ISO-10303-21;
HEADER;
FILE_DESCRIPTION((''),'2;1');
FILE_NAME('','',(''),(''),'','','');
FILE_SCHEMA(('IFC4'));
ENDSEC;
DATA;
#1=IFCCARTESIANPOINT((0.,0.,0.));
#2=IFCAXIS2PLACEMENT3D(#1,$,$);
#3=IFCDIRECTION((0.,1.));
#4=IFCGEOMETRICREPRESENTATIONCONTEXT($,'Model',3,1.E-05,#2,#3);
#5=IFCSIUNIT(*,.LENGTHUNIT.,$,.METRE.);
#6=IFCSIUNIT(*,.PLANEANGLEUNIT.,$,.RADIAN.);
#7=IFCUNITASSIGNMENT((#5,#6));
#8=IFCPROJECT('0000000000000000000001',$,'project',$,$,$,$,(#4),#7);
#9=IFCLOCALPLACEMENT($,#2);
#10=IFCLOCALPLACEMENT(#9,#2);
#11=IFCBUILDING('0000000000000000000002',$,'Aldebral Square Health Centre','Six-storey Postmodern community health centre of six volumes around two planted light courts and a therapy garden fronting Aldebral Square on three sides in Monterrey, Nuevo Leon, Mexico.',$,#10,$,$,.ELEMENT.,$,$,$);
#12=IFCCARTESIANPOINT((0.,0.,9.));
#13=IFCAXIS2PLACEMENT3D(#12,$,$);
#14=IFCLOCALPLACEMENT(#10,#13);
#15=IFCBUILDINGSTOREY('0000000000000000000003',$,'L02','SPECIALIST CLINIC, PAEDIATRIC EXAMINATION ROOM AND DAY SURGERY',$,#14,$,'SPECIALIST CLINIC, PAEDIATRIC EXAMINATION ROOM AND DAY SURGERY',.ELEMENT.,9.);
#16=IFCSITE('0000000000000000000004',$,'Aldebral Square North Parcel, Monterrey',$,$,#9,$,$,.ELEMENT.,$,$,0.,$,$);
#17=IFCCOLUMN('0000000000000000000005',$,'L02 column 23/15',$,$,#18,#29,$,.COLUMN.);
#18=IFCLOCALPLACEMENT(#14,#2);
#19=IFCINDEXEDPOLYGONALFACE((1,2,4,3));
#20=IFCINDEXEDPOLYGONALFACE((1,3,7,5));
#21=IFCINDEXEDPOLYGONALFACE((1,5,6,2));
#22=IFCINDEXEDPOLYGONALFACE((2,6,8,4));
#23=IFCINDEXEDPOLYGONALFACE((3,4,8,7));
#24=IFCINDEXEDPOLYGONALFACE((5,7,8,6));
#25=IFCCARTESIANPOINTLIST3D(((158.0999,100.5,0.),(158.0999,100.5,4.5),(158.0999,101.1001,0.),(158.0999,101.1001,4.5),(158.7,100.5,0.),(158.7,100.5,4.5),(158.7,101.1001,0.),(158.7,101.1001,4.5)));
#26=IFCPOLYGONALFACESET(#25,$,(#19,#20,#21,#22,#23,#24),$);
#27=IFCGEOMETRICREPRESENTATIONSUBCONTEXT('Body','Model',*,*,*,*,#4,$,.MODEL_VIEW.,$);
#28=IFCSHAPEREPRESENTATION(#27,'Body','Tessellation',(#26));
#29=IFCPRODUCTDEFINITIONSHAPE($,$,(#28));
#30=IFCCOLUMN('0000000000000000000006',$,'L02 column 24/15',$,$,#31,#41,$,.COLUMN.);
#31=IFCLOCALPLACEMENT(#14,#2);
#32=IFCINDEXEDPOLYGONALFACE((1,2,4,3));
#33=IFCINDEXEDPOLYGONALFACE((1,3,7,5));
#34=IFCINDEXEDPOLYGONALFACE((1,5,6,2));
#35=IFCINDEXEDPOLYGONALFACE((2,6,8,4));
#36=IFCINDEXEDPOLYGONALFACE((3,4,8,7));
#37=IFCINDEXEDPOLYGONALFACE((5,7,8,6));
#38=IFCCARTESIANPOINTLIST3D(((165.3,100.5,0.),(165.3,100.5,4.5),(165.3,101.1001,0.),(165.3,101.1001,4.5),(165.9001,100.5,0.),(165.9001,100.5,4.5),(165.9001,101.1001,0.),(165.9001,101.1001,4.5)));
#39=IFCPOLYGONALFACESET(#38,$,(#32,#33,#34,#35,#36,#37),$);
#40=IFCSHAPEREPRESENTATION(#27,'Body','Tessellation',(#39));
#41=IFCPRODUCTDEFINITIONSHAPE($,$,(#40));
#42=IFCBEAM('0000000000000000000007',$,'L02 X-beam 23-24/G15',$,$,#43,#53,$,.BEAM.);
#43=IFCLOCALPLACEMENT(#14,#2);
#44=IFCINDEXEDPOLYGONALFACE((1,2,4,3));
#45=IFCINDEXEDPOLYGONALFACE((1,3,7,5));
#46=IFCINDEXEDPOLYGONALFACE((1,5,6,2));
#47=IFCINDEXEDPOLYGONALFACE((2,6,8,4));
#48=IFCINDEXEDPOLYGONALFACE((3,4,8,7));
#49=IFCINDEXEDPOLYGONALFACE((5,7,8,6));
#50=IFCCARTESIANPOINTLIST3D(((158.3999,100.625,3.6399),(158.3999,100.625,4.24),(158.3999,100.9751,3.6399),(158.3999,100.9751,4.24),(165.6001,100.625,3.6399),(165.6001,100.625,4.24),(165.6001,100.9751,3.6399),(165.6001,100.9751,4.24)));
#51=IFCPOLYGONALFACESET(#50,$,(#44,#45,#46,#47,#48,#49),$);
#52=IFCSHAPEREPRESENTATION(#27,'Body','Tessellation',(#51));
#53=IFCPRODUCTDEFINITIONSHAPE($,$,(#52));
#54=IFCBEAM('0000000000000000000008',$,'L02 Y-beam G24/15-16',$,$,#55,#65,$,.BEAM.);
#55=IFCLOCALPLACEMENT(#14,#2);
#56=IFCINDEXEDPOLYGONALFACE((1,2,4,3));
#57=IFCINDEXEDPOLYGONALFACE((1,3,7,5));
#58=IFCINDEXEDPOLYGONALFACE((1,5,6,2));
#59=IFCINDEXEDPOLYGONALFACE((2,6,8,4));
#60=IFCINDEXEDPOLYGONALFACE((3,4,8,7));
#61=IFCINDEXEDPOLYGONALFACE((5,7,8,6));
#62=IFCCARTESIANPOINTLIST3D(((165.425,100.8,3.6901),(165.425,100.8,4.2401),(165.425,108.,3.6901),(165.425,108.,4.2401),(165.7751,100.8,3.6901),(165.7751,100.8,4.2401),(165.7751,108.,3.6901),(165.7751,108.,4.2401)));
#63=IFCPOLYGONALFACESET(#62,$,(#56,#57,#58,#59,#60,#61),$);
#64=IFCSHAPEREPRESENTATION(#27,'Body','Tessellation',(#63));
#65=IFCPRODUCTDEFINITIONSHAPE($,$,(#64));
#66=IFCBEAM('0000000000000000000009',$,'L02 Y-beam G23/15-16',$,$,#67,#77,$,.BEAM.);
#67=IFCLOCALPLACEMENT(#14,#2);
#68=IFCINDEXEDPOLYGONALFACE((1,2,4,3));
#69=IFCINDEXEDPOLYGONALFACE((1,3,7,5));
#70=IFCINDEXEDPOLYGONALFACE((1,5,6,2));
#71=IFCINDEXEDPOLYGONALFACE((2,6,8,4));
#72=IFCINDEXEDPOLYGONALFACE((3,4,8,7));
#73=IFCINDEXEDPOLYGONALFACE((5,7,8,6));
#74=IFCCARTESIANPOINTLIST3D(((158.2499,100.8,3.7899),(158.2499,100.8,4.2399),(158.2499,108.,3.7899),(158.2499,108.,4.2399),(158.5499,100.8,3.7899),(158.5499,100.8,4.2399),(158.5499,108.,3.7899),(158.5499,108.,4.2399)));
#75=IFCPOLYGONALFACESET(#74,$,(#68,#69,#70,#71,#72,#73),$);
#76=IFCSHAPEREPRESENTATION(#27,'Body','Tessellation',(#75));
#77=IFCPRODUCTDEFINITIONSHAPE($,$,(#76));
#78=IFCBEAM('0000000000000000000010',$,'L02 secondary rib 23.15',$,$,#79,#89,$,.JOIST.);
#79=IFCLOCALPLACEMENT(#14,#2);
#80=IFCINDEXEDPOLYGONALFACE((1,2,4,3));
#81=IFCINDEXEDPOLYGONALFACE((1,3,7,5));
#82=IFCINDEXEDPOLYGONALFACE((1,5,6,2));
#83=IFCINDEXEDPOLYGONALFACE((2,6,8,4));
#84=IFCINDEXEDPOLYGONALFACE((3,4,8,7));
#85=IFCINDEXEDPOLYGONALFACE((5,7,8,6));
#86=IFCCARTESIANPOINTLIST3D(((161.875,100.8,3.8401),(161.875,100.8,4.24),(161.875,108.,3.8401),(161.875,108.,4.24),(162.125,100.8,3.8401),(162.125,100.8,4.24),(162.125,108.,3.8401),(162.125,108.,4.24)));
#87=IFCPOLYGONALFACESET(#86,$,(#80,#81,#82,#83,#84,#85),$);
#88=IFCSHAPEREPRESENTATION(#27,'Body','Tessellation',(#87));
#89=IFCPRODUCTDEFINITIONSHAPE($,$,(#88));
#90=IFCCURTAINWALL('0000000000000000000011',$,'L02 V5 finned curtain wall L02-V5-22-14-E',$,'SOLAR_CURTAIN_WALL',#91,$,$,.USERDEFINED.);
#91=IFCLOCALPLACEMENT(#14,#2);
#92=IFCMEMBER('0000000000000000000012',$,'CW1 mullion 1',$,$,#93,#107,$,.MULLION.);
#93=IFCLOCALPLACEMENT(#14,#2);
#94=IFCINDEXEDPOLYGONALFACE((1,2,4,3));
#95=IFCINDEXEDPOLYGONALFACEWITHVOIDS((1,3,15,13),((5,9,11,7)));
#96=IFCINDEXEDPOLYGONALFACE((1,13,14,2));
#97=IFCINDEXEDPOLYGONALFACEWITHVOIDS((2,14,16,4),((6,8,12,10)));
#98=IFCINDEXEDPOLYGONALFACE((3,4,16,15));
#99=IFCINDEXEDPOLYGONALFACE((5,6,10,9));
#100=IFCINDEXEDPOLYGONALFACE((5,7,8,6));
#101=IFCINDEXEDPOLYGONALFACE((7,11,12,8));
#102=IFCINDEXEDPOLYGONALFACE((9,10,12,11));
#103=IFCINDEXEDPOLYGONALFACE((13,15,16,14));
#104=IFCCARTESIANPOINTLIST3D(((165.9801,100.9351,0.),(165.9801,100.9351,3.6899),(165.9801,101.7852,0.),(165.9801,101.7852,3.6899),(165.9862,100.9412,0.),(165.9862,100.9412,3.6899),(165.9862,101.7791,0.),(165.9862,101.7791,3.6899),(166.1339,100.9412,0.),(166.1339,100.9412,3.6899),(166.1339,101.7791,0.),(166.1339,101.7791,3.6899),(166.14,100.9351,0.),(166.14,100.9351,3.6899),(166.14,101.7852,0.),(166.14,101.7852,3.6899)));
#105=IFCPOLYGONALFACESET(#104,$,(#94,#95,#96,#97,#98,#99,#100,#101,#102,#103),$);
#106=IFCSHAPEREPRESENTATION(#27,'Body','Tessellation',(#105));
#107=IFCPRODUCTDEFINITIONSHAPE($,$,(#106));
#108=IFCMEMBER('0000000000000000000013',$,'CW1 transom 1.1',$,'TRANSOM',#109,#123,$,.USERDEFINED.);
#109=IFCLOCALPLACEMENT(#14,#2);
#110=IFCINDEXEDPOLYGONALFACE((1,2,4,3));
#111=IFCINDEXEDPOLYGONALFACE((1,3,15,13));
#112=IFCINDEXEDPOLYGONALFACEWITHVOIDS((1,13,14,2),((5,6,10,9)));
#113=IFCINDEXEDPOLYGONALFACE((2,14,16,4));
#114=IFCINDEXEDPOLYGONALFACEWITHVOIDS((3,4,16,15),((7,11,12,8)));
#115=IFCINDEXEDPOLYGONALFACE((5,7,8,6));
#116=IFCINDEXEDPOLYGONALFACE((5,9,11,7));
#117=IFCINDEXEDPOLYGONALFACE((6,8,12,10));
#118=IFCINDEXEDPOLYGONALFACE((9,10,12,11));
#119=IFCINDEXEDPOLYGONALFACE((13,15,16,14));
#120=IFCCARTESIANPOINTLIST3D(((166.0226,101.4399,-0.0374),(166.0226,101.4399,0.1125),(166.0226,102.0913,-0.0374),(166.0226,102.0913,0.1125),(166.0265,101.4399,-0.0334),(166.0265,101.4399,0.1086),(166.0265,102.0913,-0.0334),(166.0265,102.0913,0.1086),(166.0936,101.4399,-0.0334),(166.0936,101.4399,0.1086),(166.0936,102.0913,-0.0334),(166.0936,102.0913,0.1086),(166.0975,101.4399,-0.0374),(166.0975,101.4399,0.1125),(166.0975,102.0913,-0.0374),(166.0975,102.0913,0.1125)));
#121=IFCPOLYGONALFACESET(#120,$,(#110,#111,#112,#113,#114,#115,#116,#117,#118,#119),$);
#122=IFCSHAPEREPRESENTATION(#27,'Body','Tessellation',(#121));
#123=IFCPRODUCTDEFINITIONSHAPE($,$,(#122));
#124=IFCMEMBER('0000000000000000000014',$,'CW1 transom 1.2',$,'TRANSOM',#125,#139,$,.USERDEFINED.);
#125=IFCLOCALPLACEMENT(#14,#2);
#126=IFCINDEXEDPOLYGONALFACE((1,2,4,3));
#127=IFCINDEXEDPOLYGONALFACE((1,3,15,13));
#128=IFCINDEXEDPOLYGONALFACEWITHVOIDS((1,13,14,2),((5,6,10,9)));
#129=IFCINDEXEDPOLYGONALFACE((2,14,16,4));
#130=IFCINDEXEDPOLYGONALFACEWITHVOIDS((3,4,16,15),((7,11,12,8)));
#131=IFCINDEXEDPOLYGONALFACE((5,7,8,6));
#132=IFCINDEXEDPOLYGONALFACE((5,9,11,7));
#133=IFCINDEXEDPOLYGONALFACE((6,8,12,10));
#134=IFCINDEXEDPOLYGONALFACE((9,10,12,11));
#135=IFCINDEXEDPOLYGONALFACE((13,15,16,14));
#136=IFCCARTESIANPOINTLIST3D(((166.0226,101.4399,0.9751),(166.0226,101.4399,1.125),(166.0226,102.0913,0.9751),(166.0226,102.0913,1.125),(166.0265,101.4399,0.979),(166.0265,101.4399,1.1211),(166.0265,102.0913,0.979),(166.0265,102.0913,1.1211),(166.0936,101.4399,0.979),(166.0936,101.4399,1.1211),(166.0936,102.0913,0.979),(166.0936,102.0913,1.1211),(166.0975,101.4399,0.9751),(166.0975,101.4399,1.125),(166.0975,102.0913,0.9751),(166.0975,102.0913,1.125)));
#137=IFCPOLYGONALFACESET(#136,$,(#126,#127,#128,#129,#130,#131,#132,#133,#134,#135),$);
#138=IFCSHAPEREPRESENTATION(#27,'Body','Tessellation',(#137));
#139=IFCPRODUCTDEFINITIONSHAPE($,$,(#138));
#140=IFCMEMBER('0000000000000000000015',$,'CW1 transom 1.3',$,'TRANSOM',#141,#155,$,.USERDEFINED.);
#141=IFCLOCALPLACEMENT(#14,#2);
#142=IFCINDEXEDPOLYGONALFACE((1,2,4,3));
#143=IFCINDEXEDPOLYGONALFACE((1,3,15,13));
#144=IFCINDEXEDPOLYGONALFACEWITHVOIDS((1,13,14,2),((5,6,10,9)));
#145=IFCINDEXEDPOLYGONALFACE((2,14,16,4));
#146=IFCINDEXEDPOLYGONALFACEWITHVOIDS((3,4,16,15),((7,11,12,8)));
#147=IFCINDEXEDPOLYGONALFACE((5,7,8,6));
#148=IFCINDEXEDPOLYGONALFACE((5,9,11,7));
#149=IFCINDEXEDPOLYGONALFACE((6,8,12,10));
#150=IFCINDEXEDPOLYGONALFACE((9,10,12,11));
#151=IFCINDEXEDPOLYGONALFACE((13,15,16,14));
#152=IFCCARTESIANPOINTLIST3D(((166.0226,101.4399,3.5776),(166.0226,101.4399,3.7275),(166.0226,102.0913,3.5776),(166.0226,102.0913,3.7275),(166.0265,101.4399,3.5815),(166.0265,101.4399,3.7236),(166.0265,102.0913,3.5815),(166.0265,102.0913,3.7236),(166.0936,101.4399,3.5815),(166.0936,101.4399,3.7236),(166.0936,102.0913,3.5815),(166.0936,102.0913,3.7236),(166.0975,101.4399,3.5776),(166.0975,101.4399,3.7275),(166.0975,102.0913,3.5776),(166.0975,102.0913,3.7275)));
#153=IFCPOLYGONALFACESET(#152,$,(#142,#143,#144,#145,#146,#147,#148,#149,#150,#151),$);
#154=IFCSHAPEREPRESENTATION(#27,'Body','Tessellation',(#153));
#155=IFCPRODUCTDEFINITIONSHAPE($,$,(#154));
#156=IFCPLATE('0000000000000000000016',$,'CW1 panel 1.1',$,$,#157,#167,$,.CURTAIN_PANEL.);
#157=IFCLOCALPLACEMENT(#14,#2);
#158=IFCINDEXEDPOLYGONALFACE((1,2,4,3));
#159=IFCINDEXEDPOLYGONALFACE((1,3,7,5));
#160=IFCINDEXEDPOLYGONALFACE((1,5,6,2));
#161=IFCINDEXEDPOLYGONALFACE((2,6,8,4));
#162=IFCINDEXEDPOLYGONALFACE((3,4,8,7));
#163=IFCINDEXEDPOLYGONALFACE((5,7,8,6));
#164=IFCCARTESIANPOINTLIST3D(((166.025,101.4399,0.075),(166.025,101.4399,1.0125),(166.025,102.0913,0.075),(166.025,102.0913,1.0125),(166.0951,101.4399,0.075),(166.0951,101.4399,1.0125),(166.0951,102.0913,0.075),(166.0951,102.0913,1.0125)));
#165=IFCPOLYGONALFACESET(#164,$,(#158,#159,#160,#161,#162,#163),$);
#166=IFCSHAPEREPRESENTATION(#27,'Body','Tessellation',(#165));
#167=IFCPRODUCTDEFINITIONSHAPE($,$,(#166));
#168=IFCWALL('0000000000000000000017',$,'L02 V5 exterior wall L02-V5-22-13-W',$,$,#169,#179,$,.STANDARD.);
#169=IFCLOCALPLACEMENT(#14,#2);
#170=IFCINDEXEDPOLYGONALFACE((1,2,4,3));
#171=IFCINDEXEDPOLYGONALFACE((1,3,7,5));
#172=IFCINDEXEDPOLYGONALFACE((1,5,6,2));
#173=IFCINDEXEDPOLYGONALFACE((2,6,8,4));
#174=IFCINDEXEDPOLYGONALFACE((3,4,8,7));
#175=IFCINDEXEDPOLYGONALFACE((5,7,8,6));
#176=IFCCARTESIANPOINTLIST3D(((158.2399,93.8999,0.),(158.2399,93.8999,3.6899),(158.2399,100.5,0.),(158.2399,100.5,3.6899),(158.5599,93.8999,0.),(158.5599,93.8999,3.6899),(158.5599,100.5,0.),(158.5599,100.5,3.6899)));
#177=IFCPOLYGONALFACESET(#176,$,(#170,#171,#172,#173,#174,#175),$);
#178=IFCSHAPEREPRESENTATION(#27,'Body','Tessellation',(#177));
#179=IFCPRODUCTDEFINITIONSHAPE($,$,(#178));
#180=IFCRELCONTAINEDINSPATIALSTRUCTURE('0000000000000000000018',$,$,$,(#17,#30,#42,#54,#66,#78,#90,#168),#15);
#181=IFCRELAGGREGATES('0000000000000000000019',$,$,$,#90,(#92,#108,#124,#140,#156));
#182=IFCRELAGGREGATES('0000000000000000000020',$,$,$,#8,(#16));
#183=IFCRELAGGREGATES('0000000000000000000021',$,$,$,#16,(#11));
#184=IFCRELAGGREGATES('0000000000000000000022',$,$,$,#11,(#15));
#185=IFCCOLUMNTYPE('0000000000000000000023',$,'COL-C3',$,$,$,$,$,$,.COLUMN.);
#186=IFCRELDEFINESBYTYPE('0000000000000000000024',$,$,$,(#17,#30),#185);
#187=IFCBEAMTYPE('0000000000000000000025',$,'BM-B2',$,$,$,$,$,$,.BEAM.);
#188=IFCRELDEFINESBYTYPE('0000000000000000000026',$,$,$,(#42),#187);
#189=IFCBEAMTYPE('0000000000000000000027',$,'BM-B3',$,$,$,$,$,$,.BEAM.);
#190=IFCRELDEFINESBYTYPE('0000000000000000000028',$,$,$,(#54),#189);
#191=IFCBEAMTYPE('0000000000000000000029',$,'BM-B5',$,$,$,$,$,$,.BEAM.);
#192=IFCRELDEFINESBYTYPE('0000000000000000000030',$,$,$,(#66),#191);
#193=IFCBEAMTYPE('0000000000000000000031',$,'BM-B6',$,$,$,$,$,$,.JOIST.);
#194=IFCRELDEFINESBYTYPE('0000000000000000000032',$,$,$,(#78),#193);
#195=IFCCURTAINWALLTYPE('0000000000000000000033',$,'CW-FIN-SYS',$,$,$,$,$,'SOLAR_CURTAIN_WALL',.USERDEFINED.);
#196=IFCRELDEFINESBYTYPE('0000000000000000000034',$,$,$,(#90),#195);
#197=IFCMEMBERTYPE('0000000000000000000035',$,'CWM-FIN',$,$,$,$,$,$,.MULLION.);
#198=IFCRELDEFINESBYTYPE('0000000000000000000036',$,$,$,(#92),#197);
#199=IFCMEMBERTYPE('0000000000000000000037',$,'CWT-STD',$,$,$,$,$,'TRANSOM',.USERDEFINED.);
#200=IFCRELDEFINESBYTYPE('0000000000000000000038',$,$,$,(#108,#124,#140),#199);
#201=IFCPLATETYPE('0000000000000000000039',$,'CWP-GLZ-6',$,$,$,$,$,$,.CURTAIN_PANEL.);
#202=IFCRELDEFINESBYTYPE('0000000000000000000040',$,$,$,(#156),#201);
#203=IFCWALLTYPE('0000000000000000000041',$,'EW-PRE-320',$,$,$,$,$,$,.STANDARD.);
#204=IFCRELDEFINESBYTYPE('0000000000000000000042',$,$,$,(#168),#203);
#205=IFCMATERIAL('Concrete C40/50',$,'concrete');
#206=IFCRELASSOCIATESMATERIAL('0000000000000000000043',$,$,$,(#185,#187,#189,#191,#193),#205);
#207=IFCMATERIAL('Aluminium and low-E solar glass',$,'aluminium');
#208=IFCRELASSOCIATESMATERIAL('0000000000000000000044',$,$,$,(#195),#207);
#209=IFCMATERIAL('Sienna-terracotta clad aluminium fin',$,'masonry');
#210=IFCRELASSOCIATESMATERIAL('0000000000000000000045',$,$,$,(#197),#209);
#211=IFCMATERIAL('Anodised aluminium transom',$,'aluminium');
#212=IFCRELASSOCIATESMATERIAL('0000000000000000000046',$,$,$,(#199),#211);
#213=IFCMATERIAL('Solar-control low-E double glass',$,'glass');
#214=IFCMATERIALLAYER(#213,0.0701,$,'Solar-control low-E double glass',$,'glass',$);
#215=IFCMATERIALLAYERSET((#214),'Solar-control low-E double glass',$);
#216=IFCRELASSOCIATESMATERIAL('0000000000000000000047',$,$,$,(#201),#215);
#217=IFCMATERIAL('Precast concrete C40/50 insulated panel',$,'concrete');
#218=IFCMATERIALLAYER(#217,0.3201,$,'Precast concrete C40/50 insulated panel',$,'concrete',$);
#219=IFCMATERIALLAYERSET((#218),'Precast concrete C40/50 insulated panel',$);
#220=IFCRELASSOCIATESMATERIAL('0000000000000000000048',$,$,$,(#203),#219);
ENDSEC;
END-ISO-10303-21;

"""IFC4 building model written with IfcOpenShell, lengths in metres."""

from ifc_helpers import new_model, si_unit, direction, frame, frame_2d, origin, origin_2d, place, context, subcontext, project, spatial, rectangle, hollow_rectangle, extrude, material, layer, layer_set, material_profile, profile_set, type_object, element, aggregate, save


model = new_model("IFC4")

# Units and contexts
model_context = context("Model", 3, precision=1e-05, world=origin(), true_north=direction((0.0, 1.0)))
body_context = subcontext(model_context, "Body", "Model", "MODEL_VIEW")
ifc_project = project(units=[si_unit("LENGTHUNIT", "METRE"), si_unit("PLANEANGLEUNIT", "RADIAN")], contexts=[model_context])

# Site, building, storey
site_placement = place(None, origin())
site = spatial("IfcSite", under=ifc_project, at=site_placement, Name="Aldebral Square North Parcel, Monterrey", CompositionType="ELEMENT", RefElevation=0.0)
building_placement = place(site_placement, origin())
building = spatial("IfcBuilding", under=site, at=building_placement, Name="Aldebral Square Health Centre", Description="Six-storey Postmodern community health centre of six volumes around two planted light courts and a therapy garden fronting Aldebral Square on three sides in Monterrey, Nuevo Leon, Mexico.", CompositionType="ELEMENT")
storey_placement = place(building_placement, frame((0.0, 0.0, 9.0)))
storey = spatial("IfcBuildingStorey", under=building, at=storey_placement, Name="L02", Description="SPECIALIST CLINIC, PAEDIATRIC EXAMINATION ROOM AND DAY SURGERY", LongName="SPECIALIST CLINIC, PAEDIATRIC EXAMINATION ROOM AND DAY SURGERY", CompositionType="ELEMENT", Elevation=9.0)

# Columns
ifc_material_1 = material(Name="Concrete C40/50", Category="concrete")
ifc_material_profile_1 = material_profile(ifc_material_1, rectangle(XDim=0.6001, YDim=0.6001, at=origin_2d()), Name="RC 600x600")
ifc_profile_set_1 = profile_set([ifc_material_profile_1], Name="Concrete C40/50")
column_type = type_object("IfcColumnType", Name="COL-C3", PredefinedType="COLUMN", material=ifc_profile_set_1)
for number, where, z_axis, x_axis, name in (
    (1, (158.3999, 100.8, 0.0), (0.0, 0.0, 1.0), (1.0, 0.0, 0.0), "L02 column 23/15"),
    (2, (165.6001, 100.8, 0.0), (0.0, 0.0, 1.0), (1.0, 0.0, 0.0), "L02 column 24/15"),
):
    element("IfcColumn", number, at=place(storey_placement, frame(where, z_axis=z_axis, x_axis=x_axis)), inside=storey, type_object=column_type, Name=name, PredefinedType="COLUMN", context=body_context, shape_type="SweptSolid", body=[
        extrude(rectangle(XDim=0.6001, YDim=0.6001, at=origin_2d()), origin(), (0.0, 0.0, 1.0), 4.5),
    ])

# Beams
ifc_material_profile_2 = material_profile(ifc_material_1, rectangle(XDim=0.3501, YDim=0.6001, at=origin_2d()), Name="RC 350x600")
ifc_profile_set_2 = profile_set([ifc_material_profile_2], Name="Concrete C40/50")
beam_type_1 = type_object("IfcBeamType", Name="BM-B2", PredefinedType="BEAM", material=ifc_profile_set_2)
beam_1_placement = place(storey_placement, frame((158.3999, 100.8, 3.9399), z_axis=(1.0, 0.0, 0.0), x_axis=(0.0, 1.0, 0.0)))
element("IfcBeam", 3, at=beam_1_placement, inside=storey, type_object=beam_type_1, Name="L02 X-beam 23-24/G15", PredefinedType="BEAM", context=body_context, shape_type="SweptSolid", body=[
    extrude(rectangle(XDim=0.3501, YDim=0.6001, at=origin_2d()), origin(), (0.0, 0.0, 1.0), 7.2002),
])
ifc_material_profile_3 = material_profile(ifc_material_1, rectangle(XDim=0.3501, YDim=0.55, at=origin_2d()), Name="RC 350x550")
ifc_profile_set_3 = profile_set([ifc_material_profile_3], Name="Concrete C40/50")
beam_type_2 = type_object("IfcBeamType", Name="BM-B3", PredefinedType="BEAM", material=ifc_profile_set_3)
beam_2_placement = place(storey_placement, frame((165.6001, 100.8, 3.9651), z_axis=(0.0, 1.0, 0.0), x_axis=(-1.0, 0.0, 0.0)))
element("IfcBeam", 4, at=beam_2_placement, inside=storey, type_object=beam_type_2, Name="L02 Y-beam G24/15-16", PredefinedType="BEAM", context=body_context, shape_type="SweptSolid", body=[
    extrude(rectangle(XDim=0.3501, YDim=0.55, at=origin_2d()), origin(), (0.0, 0.0, 1.0), 7.2),
])
ifc_material_profile_4 = material_profile(ifc_material_1, rectangle(XDim=0.3, YDim=0.45, at=origin_2d()), Name="RC 300x450")
ifc_profile_set_4 = profile_set([ifc_material_profile_4], Name="Concrete C40/50")
beam_type_3 = type_object("IfcBeamType", Name="BM-B5", PredefinedType="BEAM", material=ifc_profile_set_4)
beam_3_placement = place(storey_placement, frame((158.3999, 100.8, 4.0149), z_axis=(0.0, 1.0, 0.0), x_axis=(-1.0, 0.0, 0.0)))
element("IfcBeam", 5, at=beam_3_placement, inside=storey, type_object=beam_type_3, Name="L02 Y-beam G23/15-16", PredefinedType="BEAM", context=body_context, shape_type="SweptSolid", body=[
    extrude(rectangle(XDim=0.3, YDim=0.45, at=origin_2d()), origin(), (0.0, 0.0, 1.0), 7.2),
])
ifc_material_profile_5 = material_profile(ifc_material_1, rectangle(XDim=0.25, YDim=0.3999, at=origin_2d()), Name="RC 250x400")
ifc_profile_set_5 = profile_set([ifc_material_profile_5], Name="Concrete C40/50")
beam_type_4 = type_object("IfcBeamType", Name="BM-B6", PredefinedType="JOIST", material=ifc_profile_set_5)
beam_4_placement = place(storey_placement, frame((162.0, 100.8, 4.04), z_axis=(0.0, 1.0, 0.0), x_axis=(-1.0, 0.0, 0.0)))
element("IfcBeam", 6, at=beam_4_placement, inside=storey, type_object=beam_type_4, Name="L02 secondary rib 23.15", PredefinedType="JOIST", context=body_context, shape_type="SweptSolid", body=[
    extrude(rectangle(XDim=0.25, YDim=0.3999, at=origin_2d()), origin(), (0.0, 0.0, 1.0), 7.2),
])

# Curtain wall, members, plate
ifc_material_2 = material(Name="Aluminium and low-E solar glass", Category="aluminium")
curtain_wall_type = type_object("IfcCurtainWallType", Name="CW-FIN-SYS", ElementType="SOLAR_CURTAIN_WALL", PredefinedType="USERDEFINED", material=ifc_material_2)
curtain_wall_placement = place(storey_placement, origin())
curtain_wall = element("IfcCurtainWall", 7, at=curtain_wall_placement, inside=storey, type_object=curtain_wall_type, Name="L02 V5 finned curtain wall L02-V5-22-14-E", ObjectType="SOLAR_CURTAIN_WALL", PredefinedType="USERDEFINED")
ifc_material_3 = material(Name="Sienna-terracotta clad aluminium fin", Category="masonry")
ifc_material_profile_6 = material_profile(ifc_material_3, hollow_rectangle(XDim=0.1599, YDim=0.8501, WallThickness=0.0061, at=origin_2d()), Name="FIN 160x850x6")
ifc_profile_set_6 = profile_set([ifc_material_profile_6], Name="Sienna-terracotta clad aluminium fin")
member_type_1 = type_object("IfcMemberType", Name="CWM-FIN", PredefinedType="MULLION", material=ifc_profile_set_6)
member_1_placement = place(storey_placement, frame((166.0601, 101.3601, 0.0), z_axis=(0.0, 0.0, 1.0), x_axis=(-1.0, 0.0, 0.0)))
member_1 = element("IfcMember", 8, at=member_1_placement, type_object=member_type_1, Name="CW1 mullion 1", PredefinedType="MULLION", context=body_context, shape_type="SweptSolid", body=[
    extrude(hollow_rectangle(XDim=0.1599, YDim=0.8501, WallThickness=0.0061, at=origin_2d()), origin(), (0.0, 0.0, 1.0), 3.6899),
])
ifc_material_4 = material(Name="Anodised aluminium transom", Category="aluminium")
ifc_material_profile_7 = material_profile(ifc_material_4, hollow_rectangle(XDim=0.075, YDim=0.1499, WallThickness=0.0039, at=origin_2d()), Name="CWT 75x150x4")
ifc_profile_set_7 = profile_set([ifc_material_profile_7], Name="Anodised aluminium transom")
member_type_2 = type_object("IfcMemberType", Name="CWT-STD", ElementType="TRANSOM", PredefinedType="USERDEFINED", material=ifc_profile_set_7)
member_2_placement = place(storey_placement, frame((166.0601, 101.4399, 0.0376), z_axis=(0.0, 1.0, 0.0), x_axis=(-1.0, 0.0, 0.0)))
member_2 = element("IfcMember", 9, at=member_2_placement, type_object=member_type_2, Name="CW1 transom 1.1", ObjectType="TRANSOM", PredefinedType="USERDEFINED", context=body_context, shape_type="SweptSolid", body=[
    extrude(hollow_rectangle(XDim=0.075, YDim=0.1499, WallThickness=0.0039, at=origin_2d()), origin(), (0.0, 0.0, 1.0), 0.6514),
])
member_3_placement = place(storey_placement, frame((166.0601, 101.4399, 1.05), z_axis=(0.0, 1.0, 0.0), x_axis=(-1.0, 0.0, 0.0)))
member_3 = element("IfcMember", 10, at=member_3_placement, type_object=member_type_2, Name="CW1 transom 1.2", ObjectType="TRANSOM", PredefinedType="USERDEFINED", context=body_context, shape_type="SweptSolid", body=[
    extrude(hollow_rectangle(XDim=0.075, YDim=0.1499, WallThickness=0.0039, at=origin_2d()), origin(), (0.0, 0.0, 1.0), 0.6514),
])
member_4_placement = place(storey_placement, frame((166.0601, 101.4399, 3.6526), z_axis=(0.0, 1.0, 0.0), x_axis=(-1.0, 0.0, 0.0)))
member_4 = element("IfcMember", 11, at=member_4_placement, type_object=member_type_2, Name="CW1 transom 1.3", ObjectType="TRANSOM", PredefinedType="USERDEFINED", context=body_context, shape_type="SweptSolid", body=[
    extrude(hollow_rectangle(XDim=0.075, YDim=0.1499, WallThickness=0.0039, at=origin_2d()), origin(), (0.0, 0.0, 1.0), 0.6514),
])
ifc_material_5 = material(Name="Solar-control low-E double glass", Category="glass")
ifc_layer_1 = layer(ifc_material_5, 0.0701, Name="Solar-control low-E double glass", Category="glass")
ifc_layer_set_1 = layer_set([ifc_layer_1], Name="Solar-control low-E double glass")
plate_type = type_object("IfcPlateType", Name="CWP-GLZ-6", PredefinedType="CURTAIN_PANEL", material=ifc_layer_set_1)
plate_placement = place(storey_placement, frame((166.0601, 101.7656, 0.075), z_axis=(0.0, 0.0, 1.0), x_axis=(0.0, 1.0, 0.0)))
plate = element("IfcPlate", 12, at=plate_placement, type_object=plate_type, Name="CW1 panel 1.1", PredefinedType="CURTAIN_PANEL", context=body_context, shape_type="SweptSolid", body=[
    extrude(rectangle(XDim=0.6514, YDim=0.0701, at=origin_2d()), origin(), (0.0, 0.0, 1.0), 0.9375),
])
aggregate(curtain_wall, [member_1, member_2, member_3, member_4, plate])

# Wall
ifc_material_6 = material(Name="Precast concrete C40/50 insulated panel", Category="concrete")
ifc_layer_2 = layer(ifc_material_6, 0.3201, Name="Precast concrete C40/50 insulated panel", Category="concrete")
ifc_layer_set_2 = layer_set([ifc_layer_2], Name="Precast concrete C40/50 insulated panel")
wall_type_1 = type_object("IfcWallType", Name="EW-PRE-320", PredefinedType="STANDARD", material=ifc_layer_set_2)
wall_1_placement = place(storey_placement, frame((158.3999, 100.5, 0.0), z_axis=(0.0, 0.0, 1.0), x_axis=(0.0, -1.0, 0.0)))
element("IfcWall", 13, at=wall_1_placement, inside=storey, type_object=wall_type_1, Name="L02 V5 exterior wall L02-V5-22-13-W", PredefinedType="STANDARD", context=body_context, shape_type="SweptSolid", body=[
    extrude(rectangle(XDim=6.6001, YDim=0.3201, at=frame_2d((3.3, 0.0))), origin(), (0.0, 0.0, 1.0), 3.6899),
])

save(model, "model.ifc")
